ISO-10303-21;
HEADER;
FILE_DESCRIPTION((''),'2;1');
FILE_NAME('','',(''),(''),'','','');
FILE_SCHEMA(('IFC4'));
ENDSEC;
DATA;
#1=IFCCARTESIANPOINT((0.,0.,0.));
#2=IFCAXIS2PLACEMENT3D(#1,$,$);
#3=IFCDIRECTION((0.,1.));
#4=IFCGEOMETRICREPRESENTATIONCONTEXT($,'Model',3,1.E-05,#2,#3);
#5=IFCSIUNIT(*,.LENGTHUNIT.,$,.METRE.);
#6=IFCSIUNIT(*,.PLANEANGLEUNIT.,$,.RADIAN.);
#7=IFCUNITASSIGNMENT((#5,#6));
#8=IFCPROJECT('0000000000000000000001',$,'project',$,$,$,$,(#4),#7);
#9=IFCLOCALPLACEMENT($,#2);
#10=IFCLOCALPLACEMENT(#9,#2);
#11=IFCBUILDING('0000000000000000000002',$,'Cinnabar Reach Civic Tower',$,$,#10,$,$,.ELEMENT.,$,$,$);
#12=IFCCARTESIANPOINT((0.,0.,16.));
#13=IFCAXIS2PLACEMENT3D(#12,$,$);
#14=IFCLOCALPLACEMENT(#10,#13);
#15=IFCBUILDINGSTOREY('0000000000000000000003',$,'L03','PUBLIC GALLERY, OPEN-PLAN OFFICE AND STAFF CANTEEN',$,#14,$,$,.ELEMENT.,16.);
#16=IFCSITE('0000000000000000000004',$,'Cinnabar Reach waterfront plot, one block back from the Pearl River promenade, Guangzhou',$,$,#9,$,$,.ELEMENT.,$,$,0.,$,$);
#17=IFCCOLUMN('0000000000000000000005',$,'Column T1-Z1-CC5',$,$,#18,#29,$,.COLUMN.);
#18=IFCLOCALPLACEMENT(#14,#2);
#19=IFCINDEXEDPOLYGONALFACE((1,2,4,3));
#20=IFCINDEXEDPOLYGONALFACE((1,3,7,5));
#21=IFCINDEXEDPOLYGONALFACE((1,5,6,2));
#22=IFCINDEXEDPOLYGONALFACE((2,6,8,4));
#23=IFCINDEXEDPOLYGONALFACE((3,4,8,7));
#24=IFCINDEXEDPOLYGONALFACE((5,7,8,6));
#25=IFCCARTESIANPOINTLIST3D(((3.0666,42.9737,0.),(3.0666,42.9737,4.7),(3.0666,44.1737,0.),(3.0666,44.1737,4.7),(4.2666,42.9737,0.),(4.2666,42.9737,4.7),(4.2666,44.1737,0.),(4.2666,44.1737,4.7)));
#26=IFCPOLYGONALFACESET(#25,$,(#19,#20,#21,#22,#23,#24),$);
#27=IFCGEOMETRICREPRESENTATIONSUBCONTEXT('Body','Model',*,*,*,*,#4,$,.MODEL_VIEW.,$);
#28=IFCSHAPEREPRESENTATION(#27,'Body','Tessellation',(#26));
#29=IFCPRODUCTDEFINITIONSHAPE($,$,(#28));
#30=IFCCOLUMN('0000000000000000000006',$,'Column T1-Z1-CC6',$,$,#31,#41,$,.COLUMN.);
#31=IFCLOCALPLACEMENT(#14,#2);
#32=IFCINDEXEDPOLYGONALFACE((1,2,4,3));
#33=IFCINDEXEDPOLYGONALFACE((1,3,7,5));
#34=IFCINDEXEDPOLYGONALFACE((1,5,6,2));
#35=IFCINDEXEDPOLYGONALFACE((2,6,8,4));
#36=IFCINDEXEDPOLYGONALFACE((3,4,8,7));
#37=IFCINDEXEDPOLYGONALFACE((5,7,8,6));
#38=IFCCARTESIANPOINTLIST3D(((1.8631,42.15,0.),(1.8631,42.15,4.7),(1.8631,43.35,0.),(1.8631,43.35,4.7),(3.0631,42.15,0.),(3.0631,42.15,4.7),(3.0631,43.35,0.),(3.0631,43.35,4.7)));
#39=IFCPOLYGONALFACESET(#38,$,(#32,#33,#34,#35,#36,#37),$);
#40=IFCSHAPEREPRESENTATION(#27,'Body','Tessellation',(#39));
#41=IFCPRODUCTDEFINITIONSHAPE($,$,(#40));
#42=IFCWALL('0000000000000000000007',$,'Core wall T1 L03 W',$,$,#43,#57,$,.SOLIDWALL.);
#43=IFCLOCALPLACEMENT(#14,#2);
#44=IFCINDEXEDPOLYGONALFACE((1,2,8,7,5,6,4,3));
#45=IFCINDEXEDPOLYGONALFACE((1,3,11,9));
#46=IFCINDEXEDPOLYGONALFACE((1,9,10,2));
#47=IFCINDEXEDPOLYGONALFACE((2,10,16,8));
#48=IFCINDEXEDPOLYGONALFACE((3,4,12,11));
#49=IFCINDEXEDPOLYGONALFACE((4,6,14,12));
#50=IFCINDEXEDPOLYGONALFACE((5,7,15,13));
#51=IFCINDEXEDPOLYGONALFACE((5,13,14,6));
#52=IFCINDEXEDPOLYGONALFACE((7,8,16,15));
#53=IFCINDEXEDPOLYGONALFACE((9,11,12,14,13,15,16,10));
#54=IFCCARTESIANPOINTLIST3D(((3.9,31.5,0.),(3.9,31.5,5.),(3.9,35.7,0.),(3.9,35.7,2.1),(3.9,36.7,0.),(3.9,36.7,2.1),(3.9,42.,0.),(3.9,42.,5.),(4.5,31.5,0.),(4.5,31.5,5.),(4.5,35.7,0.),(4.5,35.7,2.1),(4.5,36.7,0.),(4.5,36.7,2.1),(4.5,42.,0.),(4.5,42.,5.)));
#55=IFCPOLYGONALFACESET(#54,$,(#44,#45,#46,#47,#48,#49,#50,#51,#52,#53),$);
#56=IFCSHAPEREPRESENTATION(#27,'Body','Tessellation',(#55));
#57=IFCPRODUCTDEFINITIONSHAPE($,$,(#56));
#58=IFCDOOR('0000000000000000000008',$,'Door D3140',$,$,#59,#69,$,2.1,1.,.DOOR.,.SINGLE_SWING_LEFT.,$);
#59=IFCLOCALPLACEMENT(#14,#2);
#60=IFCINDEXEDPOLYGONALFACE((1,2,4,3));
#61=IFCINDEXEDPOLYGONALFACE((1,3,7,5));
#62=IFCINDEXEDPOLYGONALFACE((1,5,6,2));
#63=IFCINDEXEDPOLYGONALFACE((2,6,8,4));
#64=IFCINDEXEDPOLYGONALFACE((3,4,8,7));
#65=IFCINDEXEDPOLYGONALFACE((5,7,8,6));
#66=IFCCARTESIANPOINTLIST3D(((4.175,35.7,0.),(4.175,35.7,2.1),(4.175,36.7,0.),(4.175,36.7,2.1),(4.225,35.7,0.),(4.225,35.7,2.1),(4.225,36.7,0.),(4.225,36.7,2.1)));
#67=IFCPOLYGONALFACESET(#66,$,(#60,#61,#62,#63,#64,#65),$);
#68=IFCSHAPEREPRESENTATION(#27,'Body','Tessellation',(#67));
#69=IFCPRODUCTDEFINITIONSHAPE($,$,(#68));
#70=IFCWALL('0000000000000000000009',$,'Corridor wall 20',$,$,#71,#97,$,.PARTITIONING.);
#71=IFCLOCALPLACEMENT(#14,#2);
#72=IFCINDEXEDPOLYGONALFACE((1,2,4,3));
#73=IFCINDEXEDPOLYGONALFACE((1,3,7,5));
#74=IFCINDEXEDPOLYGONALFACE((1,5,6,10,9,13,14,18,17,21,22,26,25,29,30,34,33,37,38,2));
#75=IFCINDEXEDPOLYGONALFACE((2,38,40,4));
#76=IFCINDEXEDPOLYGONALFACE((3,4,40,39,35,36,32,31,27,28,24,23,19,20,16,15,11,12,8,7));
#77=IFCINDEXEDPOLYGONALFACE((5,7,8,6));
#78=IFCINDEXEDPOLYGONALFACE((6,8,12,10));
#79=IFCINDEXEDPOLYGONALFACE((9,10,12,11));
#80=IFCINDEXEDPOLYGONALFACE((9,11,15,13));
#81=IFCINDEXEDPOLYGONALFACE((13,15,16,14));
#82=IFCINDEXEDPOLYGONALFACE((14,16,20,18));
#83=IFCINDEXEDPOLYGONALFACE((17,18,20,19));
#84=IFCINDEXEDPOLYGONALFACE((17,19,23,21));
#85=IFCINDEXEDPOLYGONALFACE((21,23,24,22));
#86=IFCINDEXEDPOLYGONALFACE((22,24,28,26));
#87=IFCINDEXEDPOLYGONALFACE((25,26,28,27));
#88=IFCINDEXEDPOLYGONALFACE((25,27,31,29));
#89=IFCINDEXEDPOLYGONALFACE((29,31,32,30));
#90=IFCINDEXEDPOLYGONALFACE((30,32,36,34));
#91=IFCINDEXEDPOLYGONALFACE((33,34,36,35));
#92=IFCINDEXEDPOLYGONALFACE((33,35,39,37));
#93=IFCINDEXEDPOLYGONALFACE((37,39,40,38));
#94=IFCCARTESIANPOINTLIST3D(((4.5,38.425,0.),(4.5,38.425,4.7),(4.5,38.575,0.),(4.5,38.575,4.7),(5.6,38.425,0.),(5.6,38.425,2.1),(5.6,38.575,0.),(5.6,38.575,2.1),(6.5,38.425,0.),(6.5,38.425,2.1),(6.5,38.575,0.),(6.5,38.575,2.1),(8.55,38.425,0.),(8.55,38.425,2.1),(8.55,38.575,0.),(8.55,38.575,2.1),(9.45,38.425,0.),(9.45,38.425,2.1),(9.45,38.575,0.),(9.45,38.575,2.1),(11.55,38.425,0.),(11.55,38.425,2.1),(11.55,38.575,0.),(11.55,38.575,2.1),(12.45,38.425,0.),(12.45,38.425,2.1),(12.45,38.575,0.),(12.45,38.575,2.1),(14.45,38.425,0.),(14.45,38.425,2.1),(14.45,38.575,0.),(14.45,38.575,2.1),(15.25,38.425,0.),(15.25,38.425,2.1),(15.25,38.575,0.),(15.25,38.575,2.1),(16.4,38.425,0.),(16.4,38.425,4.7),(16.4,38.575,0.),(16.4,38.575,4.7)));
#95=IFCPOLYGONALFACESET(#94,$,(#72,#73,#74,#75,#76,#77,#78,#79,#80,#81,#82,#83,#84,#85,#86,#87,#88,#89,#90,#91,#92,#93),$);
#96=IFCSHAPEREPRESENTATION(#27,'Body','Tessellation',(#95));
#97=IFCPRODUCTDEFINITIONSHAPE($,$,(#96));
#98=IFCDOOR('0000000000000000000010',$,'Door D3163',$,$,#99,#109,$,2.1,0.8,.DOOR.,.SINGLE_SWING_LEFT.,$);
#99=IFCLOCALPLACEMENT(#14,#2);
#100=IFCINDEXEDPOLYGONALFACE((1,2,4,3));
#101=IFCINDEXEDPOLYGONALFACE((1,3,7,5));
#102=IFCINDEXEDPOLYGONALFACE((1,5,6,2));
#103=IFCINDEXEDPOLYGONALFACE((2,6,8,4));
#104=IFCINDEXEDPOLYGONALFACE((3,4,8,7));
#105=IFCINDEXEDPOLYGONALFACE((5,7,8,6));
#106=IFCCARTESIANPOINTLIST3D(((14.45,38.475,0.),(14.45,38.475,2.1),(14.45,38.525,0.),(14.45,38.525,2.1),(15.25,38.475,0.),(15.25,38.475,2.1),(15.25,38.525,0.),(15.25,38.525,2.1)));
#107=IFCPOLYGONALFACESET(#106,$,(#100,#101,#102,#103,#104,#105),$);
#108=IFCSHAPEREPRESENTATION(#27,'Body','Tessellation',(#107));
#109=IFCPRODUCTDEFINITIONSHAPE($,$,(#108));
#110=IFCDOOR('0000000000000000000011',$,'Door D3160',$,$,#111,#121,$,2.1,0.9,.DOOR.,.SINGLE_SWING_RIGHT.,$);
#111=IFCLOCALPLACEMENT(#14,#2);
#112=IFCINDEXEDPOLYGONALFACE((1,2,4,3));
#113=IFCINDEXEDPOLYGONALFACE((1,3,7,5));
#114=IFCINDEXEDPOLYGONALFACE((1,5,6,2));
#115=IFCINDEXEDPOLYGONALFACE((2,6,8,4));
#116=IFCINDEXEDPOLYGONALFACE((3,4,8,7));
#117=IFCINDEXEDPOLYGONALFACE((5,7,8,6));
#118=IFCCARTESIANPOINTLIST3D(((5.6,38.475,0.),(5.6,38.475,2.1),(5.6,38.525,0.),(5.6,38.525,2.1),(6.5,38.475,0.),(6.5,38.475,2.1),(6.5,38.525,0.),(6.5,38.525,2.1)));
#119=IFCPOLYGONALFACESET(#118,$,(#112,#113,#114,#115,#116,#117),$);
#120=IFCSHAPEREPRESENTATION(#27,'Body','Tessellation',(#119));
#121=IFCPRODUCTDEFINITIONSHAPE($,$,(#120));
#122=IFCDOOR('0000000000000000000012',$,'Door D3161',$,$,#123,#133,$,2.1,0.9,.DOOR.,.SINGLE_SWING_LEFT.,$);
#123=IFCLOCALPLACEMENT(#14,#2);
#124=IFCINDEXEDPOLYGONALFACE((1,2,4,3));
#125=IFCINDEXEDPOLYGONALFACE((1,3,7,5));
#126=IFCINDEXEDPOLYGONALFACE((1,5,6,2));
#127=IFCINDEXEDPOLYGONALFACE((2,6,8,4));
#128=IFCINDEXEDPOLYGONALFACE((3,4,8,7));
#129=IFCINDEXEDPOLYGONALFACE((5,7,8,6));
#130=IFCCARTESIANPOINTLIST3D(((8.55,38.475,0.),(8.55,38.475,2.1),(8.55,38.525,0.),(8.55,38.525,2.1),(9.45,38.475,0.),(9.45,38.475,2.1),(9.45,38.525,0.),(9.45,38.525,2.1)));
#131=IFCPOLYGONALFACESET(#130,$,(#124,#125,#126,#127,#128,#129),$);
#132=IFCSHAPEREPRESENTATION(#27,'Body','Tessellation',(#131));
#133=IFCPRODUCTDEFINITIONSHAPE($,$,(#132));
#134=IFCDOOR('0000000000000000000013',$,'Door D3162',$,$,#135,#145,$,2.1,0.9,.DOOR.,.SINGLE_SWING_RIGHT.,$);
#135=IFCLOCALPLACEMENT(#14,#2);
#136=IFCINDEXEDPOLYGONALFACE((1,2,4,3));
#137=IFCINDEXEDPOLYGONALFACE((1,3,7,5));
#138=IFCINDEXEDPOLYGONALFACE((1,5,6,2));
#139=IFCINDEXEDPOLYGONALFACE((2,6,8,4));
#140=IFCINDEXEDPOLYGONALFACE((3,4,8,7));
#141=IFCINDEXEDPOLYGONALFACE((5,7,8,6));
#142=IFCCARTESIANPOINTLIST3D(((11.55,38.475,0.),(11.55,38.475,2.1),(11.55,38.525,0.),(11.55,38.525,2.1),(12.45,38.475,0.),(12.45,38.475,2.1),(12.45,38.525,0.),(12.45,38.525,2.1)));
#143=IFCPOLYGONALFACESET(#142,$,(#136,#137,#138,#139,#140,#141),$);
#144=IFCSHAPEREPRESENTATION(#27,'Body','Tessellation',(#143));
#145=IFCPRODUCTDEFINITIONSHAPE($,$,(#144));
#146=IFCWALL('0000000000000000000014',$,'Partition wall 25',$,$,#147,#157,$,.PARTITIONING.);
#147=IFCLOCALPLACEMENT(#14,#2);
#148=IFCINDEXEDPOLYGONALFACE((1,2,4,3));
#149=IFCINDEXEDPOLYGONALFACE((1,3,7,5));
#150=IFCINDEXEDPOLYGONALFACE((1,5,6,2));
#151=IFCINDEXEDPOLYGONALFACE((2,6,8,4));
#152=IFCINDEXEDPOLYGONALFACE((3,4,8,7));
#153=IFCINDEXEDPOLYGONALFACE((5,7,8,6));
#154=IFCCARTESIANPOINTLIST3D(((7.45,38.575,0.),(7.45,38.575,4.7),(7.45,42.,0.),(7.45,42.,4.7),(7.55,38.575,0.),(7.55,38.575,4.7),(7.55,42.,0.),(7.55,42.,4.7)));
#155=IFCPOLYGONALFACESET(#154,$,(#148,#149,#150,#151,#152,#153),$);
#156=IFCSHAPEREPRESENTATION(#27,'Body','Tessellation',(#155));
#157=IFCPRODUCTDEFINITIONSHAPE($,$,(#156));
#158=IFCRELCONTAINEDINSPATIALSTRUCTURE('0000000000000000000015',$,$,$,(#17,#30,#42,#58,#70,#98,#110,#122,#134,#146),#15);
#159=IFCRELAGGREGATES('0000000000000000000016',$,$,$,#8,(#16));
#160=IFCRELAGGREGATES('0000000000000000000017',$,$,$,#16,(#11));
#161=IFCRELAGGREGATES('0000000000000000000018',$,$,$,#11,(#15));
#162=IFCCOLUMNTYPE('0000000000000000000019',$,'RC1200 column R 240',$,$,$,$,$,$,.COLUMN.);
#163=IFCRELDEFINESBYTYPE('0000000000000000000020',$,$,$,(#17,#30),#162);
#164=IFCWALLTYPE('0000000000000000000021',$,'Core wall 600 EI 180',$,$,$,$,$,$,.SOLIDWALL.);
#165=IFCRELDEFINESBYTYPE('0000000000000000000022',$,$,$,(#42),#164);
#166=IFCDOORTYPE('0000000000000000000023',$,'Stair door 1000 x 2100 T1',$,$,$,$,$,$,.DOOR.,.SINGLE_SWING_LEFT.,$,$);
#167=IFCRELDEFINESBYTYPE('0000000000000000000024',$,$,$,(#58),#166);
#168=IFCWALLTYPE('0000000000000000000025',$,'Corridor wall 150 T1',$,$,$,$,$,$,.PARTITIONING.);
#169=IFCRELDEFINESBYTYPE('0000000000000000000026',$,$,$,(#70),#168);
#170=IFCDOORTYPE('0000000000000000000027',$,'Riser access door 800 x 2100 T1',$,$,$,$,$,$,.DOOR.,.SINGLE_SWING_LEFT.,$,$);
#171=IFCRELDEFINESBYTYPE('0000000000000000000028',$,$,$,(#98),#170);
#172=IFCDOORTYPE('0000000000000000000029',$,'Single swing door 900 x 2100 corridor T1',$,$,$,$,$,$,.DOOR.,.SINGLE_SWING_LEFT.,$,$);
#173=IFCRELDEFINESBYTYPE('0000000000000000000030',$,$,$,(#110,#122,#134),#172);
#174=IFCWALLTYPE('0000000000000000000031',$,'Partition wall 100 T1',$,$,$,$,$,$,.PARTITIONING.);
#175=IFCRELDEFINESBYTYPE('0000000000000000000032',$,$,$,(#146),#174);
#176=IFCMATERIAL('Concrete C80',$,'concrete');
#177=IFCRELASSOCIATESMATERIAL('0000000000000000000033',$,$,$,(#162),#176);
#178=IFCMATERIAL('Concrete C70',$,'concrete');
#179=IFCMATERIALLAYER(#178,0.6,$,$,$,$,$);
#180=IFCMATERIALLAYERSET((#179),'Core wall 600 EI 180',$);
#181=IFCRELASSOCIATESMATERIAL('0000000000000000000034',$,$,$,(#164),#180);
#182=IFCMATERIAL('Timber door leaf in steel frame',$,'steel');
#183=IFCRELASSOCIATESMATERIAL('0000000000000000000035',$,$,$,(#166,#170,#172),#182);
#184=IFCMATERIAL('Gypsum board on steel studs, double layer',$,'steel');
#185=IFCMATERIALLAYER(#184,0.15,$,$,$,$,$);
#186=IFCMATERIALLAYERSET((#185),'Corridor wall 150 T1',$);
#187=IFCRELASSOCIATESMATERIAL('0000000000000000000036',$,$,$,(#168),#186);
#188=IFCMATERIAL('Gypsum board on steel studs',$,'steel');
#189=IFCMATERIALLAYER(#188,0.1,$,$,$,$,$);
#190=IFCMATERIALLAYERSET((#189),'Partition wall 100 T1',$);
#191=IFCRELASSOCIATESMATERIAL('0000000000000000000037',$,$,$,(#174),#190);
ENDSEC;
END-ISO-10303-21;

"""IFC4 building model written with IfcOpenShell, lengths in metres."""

from ifc_helpers import new_model, si_unit, direction, frame, frame_2d, origin, origin_2d, place, context, subcontext, project, spatial, rectangle, extrude, material, layer, layer_set, material_profile, profile_set, type_object, element, fill, save


model = new_model("IFC4")

# Units and contexts
model_context = context("Model", 3, precision=1e-05, world=origin(), true_north=direction((0.0, 1.0)))
body_context = subcontext(model_context, "Body", "Model", "MODEL_VIEW")
ifc_project = project(units=[si_unit("LENGTHUNIT", "METRE"), si_unit("PLANEANGLEUNIT", "RADIAN")], contexts=[model_context])

# Site, building, storey
site_placement = place(None, origin())
site = spatial("IfcSite", under=ifc_project, at=site_placement, Name="Cinnabar Reach waterfront plot, one block back from the Pearl River promenade, Guangzhou", CompositionType="ELEMENT", RefElevation=0.0)
building_placement = place(site_placement, origin())
building = spatial("IfcBuilding", under=site, at=building_placement, Name="Cinnabar Reach Civic Tower", CompositionType="ELEMENT")
storey_placement = place(building_placement, frame((0.0, 0.0, 16.0)))
storey = spatial("IfcBuildingStorey", under=building, at=storey_placement, Name="L03", Description="PUBLIC GALLERY, OPEN-PLAN OFFICE AND STAFF CANTEEN", CompositionType="ELEMENT", Elevation=16.0)

# Columns
ifc_material_1 = material(Name="Concrete C80", Category="concrete")
ifc_material_profile = material_profile(ifc_material_1, rectangle(XDim=1.2, YDim=1.2, at=origin_2d()), Name="RC1200")
ifc_profile_set = profile_set([ifc_material_profile], Name="Concrete C80")
column_type = type_object("IfcColumnType", Name="RC1200 column R 240", PredefinedType="COLUMN", material=ifc_profile_set)
for number, where, z_axis, x_axis, name in (
    (1, (3.6666, 43.5737, 0.0), (0.0, 0.0, 1.0), (1.0, 0.0, 0.0), "Column T1-Z1-CC5"),
    (2, (2.4631, 42.75, 0.0), (0.0, 0.0, 1.0), (1.0, 0.0, 0.0), "Column T1-Z1-CC6"),
):
    element("IfcColumn", number, at=place(storey_placement, frame(where, z_axis=z_axis, x_axis=x_axis)), inside=storey, type_object=column_type, Name=name, PredefinedType="COLUMN", context=body_context, shape_type="SweptSolid", body=[
        extrude(rectangle(XDim=1.2, YDim=1.2, at=origin_2d()), origin(), (0.0, 0.0, 1.0), 4.7),
    ])

# Wall, opening, door
ifc_material_2 = material(Name="Concrete C70", Category="concrete")
ifc_layer_1 = layer(ifc_material_2, 0.6)
ifc_layer_set_1 = layer_set([ifc_layer_1], Name="Core wall 600 EI 180")
wall_type_1 = type_object("IfcWallType", Name="Core wall 600 EI 180", PredefinedType="SOLIDWALL", material=ifc_layer_set_1)
wall_1_placement = place(storey_placement, frame((4.2, 42.0, 0.0), z_axis=(0.0, 0.0, 1.0), x_axis=(0.0, -1.0, 0.0)))
wall_1 = element("IfcWall", 3, at=wall_1_placement, inside=storey, type_object=wall_type_1, Name="Core wall T1 L03 W", PredefinedType="SOLIDWALL", context=body_context, shape_type="SweptSolid", body=[
    extrude(rectangle(XDim=10.5, YDim=0.6, at=frame_2d((5.25, 0.0))), origin(), (0.0, 0.0, 1.0), 5.0),
])
opening_1_placement = place(wall_1_placement, frame((5.3, 0.0, 0.0)))
opening_1 = element("IfcOpeningElement", 4, at=opening_1_placement, cuts=wall_1, PredefinedType="OPENING", context=body_context, shape_type="SweptSolid", body=[
    extrude(rectangle(XDim=1.0, YDim=2.1, at=frame_2d((0.5, 1.05))), frame((0.0, 0.31, 0.0), z_axis=(0.0, -1.0, 0.0), x_axis=(1.0, 0.0, 0.0)), (0.0, 0.0, 1.0), 0.62),
])
ifc_material_3 = material(Name="Timber door leaf in steel frame", Category="steel")
door_type_1 = type_object("IfcDoorType", Name="Stair door 1000 x 2100 T1", OperationType="SINGLE_SWING_LEFT", PredefinedType="DOOR", material=ifc_material_3)
door_1_placement = place(opening_1_placement, frame((1.0, 0.0, 0.0), z_axis=(0.0, 0.0, 1.0), x_axis=(-1.0, 0.0, 0.0)))
door_1 = element("IfcDoor", 5, at=door_1_placement, inside=storey, type_object=door_type_1, Name="Door D3140", OperationType="SINGLE_SWING_LEFT", OverallHeight=2.1, OverallWidth=1.0, PredefinedType="DOOR", context=body_context, shape_type="SweptSolid", body=[
    extrude(rectangle(XDim=1.0, YDim=2.1, at=frame_2d((0.5, 1.05))), frame((0.0, 0.025, 0.0), z_axis=(0.0, -1.0, 0.0), x_axis=(1.0, 0.0, 0.0)), (0.0, 0.0, 1.0), 0.05),
])
fill(opening_1, door_1)

# Wall, openings, doors
ifc_material_4 = material(Name="Gypsum board on steel studs, double layer", Category="steel")
ifc_layer_2 = layer(ifc_material_4, 0.15)
ifc_layer_set_2 = layer_set([ifc_layer_2], Name="Corridor wall 150 T1")
wall_type_2 = type_object("IfcWallType", Name="Corridor wall 150 T1", PredefinedType="PARTITIONING", material=ifc_layer_set_2)
wall_2_placement = place(storey_placement, frame((4.5, 38.5, 0.0), z_axis=(0.0, 0.0, 1.0), x_axis=(1.0, 0.0, 0.0)))
wall_2 = element("IfcWall", 6, at=wall_2_placement, inside=storey, type_object=wall_type_2, Name="Corridor wall 20", PredefinedType="PARTITIONING", context=body_context, shape_type="SweptSolid", body=[
    extrude(rectangle(XDim=11.9, YDim=0.15, at=frame_2d((5.95, 0.0))), origin(), (0.0, 0.0, 1.0), 4.7),
])
opening_2_placement = place(wall_2_placement, frame((1.1, 0.0, 0.0)))
opening_2 = element("IfcOpeningElement", 7, at=opening_2_placement, cuts=wall_2, PredefinedType="OPENING", context=body_context, shape_type="SweptSolid", body=[
    extrude(rectangle(XDim=0.9, YDim=2.1, at=frame_2d((0.45, 1.05))), frame((0.0, 0.085, 0.0), z_axis=(0.0, -1.0, 0.0), x_axis=(1.0, 0.0, 0.0)), (0.0, 0.0, 1.0), 0.17),
])
opening_3_placement = place(wall_2_placement, frame((4.05, 0.0, 0.0)))
opening_3 = element("IfcOpeningElement", 8, at=opening_3_placement, cuts=wall_2, PredefinedType="OPENING", context=body_context, shape_type="SweptSolid", body=[
    extrude(rectangle(XDim=0.9, YDim=2.1, at=frame_2d((0.45, 1.05))), frame((0.0, 0.085, 0.0), z_axis=(0.0, -1.0, 0.0), x_axis=(1.0, 0.0, 0.0)), (0.0, 0.0, 1.0), 0.17),
])
opening_4_placement = place(wall_2_placement, frame((7.05, 0.0, 0.0)))
opening_4 = element("IfcOpeningElement", 9, at=opening_4_placement, cuts=wall_2, PredefinedType="OPENING", context=body_context, shape_type="SweptSolid", body=[
    extrude(rectangle(XDim=0.9, YDim=2.1, at=frame_2d((0.45, 1.05))), frame((0.0, 0.085, 0.0), z_axis=(0.0, -1.0, 0.0), x_axis=(1.0, 0.0, 0.0)), (0.0, 0.0, 1.0), 0.17),
])
opening_5_placement = place(wall_2_placement, frame((9.95, 0.0, 0.0)))
opening_5 = element("IfcOpeningElement", 10, at=opening_5_placement, cuts=wall_2, PredefinedType="OPENING", context=body_context, shape_type="SweptSolid", body=[
    extrude(rectangle(XDim=0.8, YDim=2.1, at=frame_2d((0.4, 1.05))), frame((0.0, 0.085, 0.0), z_axis=(0.0, -1.0, 0.0), x_axis=(1.0, 0.0, 0.0)), (0.0, 0.0, 1.0), 0.17),
])
door_type_2 = type_object("IfcDoorType", Name="Riser access door 800 x 2100 T1", OperationType="SINGLE_SWING_LEFT", PredefinedType="DOOR", material=ifc_material_3)
door_2_placement = place(opening_5_placement, origin())
door_2 = element("IfcDoor", 11, at=door_2_placement, inside=storey, type_object=door_type_2, Name="Door D3163", OperationType="SINGLE_SWING_LEFT", OverallHeight=2.1, OverallWidth=0.8, PredefinedType="DOOR", context=body_context, shape_type="SweptSolid", body=[
    extrude(rectangle(XDim=0.8, YDim=2.1, at=frame_2d((0.4, 1.05))), frame((0.0, 0.025, 0.0), z_axis=(0.0, -1.0, 0.0), x_axis=(1.0, 0.0, 0.0)), (0.0, 0.0, 1.0), 0.05),
])
fill(opening_5, door_2)
door_type_3 = type_object("IfcDoorType", Name="Single swing door 900 x 2100 corridor T1", OperationType="SINGLE_SWING_LEFT", PredefinedType="DOOR", material=ifc_material_3)
door_3_placement = place(opening_2_placement, origin())
door_3 = element("IfcDoor", 12, at=door_3_placement, inside=storey, type_object=door_type_3, Name="Door D3160", OperationType="SINGLE_SWING_RIGHT", OverallHeight=2.1, OverallWidth=0.9, PredefinedType="DOOR", context=body_context, shape_type="SweptSolid", body=[
    extrude(rectangle(XDim=0.9, YDim=2.1, at=frame_2d((0.45, 1.05))), frame((0.0, 0.025, 0.0), z_axis=(0.0, -1.0, 0.0), x_axis=(1.0, 0.0, 0.0)), (0.0, 0.0, 1.0), 0.05),
])
fill(opening_2, door_3)
door_4_placement = place(opening_3_placement, origin())
door_4 = element("IfcDoor", 13, at=door_4_placement, inside=storey, type_object=door_type_3, Name="Door D3161", OperationType="SINGLE_SWING_LEFT", OverallHeight=2.1, OverallWidth=0.9, PredefinedType="DOOR", context=body_context, shape_type="SweptSolid", body=[
    extrude(rectangle(XDim=0.9, YDim=2.1, at=frame_2d((0.45, 1.05))), frame((0.0, 0.025, 0.0), z_axis=(0.0, -1.0, 0.0), x_axis=(1.0, 0.0, 0.0)), (0.0, 0.0, 1.0), 0.05),
])
fill(opening_3, door_4)
door_5_placement = place(opening_4_placement, origin())
door_5 = element("IfcDoor", 14, at=door_5_placement, inside=storey, type_object=door_type_3, Name="Door D3162", OperationType="SINGLE_SWING_RIGHT", OverallHeight=2.1, OverallWidth=0.9, PredefinedType="DOOR", context=body_context, shape_type="SweptSolid", body=[
    extrude(rectangle(XDim=0.9, YDim=2.1, at=frame_2d((0.45, 1.05))), frame((0.0, 0.025, 0.0), z_axis=(0.0, -1.0, 0.0), x_axis=(1.0, 0.0, 0.0)), (0.0, 0.0, 1.0), 0.05),
])
fill(opening_4, door_5)

# Wall
ifc_material_5 = material(Name="Gypsum board on steel studs", Category="steel")
ifc_layer_3 = layer(ifc_material_5, 0.1)
ifc_layer_set_3 = layer_set([ifc_layer_3], Name="Partition wall 100 T1")
wall_type_3 = type_object("IfcWallType", Name="Partition wall 100 T1", PredefinedType="PARTITIONING", material=ifc_layer_set_3)
wall_3_placement = place(storey_placement, frame((7.5, 38.575, 0.0), z_axis=(0.0, 0.0, 1.0), x_axis=(0.0, 1.0, 0.0)))
element("IfcWall", 15, at=wall_3_placement, inside=storey, type_object=wall_type_3, Name="Partition wall 25", PredefinedType="PARTITIONING", context=body_context, shape_type="SweptSolid", body=[
    extrude(rectangle(XDim=3.425, YDim=0.1, at=frame_2d((1.7125, 0.0))), origin(), (0.0, 0.0, 1.0), 4.7),
])

save(model, "model.ifc")
